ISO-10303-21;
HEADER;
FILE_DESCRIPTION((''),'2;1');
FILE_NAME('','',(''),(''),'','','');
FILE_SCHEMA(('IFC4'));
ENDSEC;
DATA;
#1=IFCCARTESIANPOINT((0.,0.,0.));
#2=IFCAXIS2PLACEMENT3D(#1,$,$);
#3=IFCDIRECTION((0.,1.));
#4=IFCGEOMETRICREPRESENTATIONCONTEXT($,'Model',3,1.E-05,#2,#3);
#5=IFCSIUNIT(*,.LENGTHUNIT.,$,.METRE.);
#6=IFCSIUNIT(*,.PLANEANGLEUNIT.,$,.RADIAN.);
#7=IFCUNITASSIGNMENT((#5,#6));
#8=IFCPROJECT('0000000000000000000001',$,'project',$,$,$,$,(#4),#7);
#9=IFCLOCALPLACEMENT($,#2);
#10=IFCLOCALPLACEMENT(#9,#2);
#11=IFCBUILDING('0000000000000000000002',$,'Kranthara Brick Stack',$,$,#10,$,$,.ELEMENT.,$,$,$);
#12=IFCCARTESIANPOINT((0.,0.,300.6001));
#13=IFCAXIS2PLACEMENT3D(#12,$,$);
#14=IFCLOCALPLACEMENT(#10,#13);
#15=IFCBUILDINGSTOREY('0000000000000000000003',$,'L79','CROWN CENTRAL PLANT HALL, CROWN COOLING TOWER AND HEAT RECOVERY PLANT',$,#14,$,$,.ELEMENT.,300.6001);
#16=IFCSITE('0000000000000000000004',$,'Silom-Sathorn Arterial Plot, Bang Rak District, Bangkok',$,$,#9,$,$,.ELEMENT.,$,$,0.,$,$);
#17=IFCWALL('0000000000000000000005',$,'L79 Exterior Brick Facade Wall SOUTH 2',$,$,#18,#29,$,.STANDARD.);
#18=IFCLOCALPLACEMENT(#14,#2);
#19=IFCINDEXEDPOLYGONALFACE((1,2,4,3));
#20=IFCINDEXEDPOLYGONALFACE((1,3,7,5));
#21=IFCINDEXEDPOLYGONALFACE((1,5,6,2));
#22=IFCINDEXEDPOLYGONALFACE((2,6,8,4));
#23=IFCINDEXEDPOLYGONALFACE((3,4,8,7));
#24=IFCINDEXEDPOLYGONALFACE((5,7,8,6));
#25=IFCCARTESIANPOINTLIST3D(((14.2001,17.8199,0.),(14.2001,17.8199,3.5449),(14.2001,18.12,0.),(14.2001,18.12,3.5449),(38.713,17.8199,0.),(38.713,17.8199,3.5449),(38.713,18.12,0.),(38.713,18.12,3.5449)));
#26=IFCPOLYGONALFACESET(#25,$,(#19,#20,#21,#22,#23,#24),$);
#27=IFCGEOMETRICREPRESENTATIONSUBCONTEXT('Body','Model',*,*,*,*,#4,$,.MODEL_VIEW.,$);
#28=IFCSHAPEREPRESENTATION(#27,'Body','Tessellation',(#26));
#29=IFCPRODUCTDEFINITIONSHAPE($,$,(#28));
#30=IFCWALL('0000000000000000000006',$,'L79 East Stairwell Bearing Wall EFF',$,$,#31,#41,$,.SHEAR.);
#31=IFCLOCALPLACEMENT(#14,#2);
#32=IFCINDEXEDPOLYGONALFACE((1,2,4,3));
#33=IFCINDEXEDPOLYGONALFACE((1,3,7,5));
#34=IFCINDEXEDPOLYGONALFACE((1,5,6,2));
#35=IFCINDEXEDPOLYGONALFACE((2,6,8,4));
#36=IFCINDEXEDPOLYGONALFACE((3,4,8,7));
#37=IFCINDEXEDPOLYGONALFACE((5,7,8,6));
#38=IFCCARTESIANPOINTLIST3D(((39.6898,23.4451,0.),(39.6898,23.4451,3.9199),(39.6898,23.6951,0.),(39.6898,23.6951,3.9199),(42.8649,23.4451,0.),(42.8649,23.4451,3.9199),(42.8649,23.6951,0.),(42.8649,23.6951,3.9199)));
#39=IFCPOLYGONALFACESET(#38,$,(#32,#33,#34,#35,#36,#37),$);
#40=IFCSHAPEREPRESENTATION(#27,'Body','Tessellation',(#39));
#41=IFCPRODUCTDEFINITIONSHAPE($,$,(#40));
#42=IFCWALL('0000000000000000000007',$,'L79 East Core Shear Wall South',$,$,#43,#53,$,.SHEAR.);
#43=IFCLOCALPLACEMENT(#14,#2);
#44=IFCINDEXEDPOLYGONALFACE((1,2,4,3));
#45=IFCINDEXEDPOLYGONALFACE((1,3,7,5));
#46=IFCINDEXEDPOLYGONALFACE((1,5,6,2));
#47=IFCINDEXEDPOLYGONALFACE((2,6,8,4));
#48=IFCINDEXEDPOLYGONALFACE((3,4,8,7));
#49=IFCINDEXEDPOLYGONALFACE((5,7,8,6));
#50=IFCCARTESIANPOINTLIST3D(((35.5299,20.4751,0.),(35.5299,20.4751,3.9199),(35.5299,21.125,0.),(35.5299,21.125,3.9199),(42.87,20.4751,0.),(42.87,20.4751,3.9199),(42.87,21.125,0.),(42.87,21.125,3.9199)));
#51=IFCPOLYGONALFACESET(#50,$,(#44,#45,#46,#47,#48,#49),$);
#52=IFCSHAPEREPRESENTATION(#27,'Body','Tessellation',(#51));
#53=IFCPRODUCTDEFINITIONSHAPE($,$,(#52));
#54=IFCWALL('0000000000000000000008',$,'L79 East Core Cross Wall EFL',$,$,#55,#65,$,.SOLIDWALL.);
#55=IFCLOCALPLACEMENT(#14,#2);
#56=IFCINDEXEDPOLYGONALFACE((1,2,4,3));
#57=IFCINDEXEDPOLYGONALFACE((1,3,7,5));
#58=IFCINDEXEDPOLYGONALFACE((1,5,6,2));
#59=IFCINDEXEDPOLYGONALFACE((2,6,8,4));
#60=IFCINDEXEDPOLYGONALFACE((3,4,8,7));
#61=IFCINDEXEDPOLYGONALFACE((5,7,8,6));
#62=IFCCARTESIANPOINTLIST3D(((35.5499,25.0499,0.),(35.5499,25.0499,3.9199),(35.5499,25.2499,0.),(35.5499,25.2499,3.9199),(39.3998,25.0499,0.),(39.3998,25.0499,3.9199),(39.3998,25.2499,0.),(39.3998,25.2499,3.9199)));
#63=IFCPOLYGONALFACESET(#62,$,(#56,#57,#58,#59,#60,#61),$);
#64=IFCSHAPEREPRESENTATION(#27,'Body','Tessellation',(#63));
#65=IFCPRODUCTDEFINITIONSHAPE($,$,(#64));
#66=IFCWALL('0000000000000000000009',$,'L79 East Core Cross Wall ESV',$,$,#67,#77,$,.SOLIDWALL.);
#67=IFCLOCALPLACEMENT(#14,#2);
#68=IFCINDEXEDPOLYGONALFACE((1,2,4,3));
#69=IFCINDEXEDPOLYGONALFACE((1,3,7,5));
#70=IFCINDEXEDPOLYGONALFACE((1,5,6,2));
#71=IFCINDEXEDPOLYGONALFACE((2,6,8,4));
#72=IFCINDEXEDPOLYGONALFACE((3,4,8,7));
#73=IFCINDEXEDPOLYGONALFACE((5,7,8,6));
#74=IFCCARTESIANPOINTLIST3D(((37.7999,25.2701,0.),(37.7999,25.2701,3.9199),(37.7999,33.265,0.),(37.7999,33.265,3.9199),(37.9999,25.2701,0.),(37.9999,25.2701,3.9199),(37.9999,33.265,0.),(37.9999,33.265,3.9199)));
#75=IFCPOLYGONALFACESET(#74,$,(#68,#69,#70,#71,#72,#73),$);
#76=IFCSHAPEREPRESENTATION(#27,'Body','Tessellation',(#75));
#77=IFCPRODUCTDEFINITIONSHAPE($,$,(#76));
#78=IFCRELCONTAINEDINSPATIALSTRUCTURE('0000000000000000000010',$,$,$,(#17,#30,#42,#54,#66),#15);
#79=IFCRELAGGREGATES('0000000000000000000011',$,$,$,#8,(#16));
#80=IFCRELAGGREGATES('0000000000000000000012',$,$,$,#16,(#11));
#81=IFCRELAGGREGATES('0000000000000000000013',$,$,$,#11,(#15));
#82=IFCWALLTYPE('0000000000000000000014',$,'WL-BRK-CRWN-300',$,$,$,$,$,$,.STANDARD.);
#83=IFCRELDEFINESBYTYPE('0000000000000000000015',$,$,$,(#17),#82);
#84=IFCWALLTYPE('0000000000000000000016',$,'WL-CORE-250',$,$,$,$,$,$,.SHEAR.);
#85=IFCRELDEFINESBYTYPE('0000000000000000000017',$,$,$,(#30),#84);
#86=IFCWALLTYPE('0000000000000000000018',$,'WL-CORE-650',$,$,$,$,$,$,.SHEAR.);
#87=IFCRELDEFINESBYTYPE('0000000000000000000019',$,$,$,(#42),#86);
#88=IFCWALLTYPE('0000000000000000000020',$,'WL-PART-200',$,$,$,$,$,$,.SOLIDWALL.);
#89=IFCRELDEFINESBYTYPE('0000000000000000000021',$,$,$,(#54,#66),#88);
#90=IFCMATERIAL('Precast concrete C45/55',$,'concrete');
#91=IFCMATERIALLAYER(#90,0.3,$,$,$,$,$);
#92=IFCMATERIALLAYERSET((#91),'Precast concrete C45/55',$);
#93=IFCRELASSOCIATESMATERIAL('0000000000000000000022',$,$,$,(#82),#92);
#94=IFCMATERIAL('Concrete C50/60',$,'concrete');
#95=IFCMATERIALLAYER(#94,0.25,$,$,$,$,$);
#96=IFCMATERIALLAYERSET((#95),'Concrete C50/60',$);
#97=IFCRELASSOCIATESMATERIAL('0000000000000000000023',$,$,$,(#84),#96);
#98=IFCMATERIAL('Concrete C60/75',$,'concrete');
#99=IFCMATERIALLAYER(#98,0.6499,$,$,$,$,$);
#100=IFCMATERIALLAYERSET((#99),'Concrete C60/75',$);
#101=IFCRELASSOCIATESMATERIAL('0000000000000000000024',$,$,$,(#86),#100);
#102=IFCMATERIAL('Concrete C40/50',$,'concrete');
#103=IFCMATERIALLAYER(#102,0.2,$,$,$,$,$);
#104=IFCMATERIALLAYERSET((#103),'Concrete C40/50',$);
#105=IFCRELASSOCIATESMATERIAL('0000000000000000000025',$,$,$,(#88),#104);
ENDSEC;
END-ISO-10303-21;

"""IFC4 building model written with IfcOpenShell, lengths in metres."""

from ifc_helpers import new_model, si_unit, direction, frame, frame_2d, origin, place, context, subcontext, project, spatial, rectangle, extrude, material, layer, layer_set, type_object, element, save


model = new_model("IFC4")

# Units and contexts
model_context = context("Model", 3, precision=1e-05, world=origin(), true_north=direction((0.0, 1.0)))
body_context = subcontext(model_context, "Body", "Model", "MODEL_VIEW")
ifc_project = project(units=[si_unit("LENGTHUNIT", "METRE"), si_unit("PLANEANGLEUNIT", "RADIAN")], contexts=[model_context])

# Site, building, storey
site_placement = place(None, origin())
site = spatial("IfcSite", under=ifc_project, at=site_placement, Name="Silom-Sathorn Arterial Plot, Bang Rak District, Bangkok", CompositionType="ELEMENT", RefElevation=0.0)
building_placement = place(site_placement, origin())
building = spatial("IfcBuilding", under=site, at=building_placement, Name="Kranthara Brick Stack", CompositionType="ELEMENT")
storey_placement = place(building_placement, frame((0.0, 0.0, 300.6001)))
storey = spatial("IfcBuildingStorey", under=building, at=storey_placement, Name="L79", Description="CROWN CENTRAL PLANT HALL, CROWN COOLING TOWER AND HEAT RECOVERY PLANT", CompositionType="ELEMENT", Elevation=300.6001)

# Wall
ifc_material_1 = material(Name="Precast concrete C45/55", Category="concrete")
ifc_layer_1 = layer(ifc_material_1, 0.3)
ifc_layer_set_1 = layer_set([ifc_layer_1], Name="Precast concrete C45/55")
wall_type_1 = type_object("IfcWallType", Name="WL-BRK-CRWN-300", PredefinedType="STANDARD", material=ifc_layer_set_1)
wall_1_placement = place(storey_placement, frame((38.7129, 17.97, 0.0), z_axis=(0.0, 0.0, 1.0), x_axis=(-1.0, 0.0, 0.0)))
element("IfcWall", 1, at=wall_1_placement, inside=storey, type_object=wall_type_1, Name="L79 Exterior Brick Facade Wall SOUTH 2", PredefinedType="STANDARD", context=body_context, shape_type="SweptSolid", body=[
    extrude(rectangle(XDim=24.5129, YDim=0.3, at=frame_2d((12.2563, 0.0))), origin(), (0.0, 0.0, 1.0), 3.5449),
])

# Shared definitions
ifc_material_2 = material(Name="Concrete C50/60", Category="concrete")
ifc_layer_2 = layer(ifc_material_2, 0.25)
ifc_layer_set_2 = layer_set([ifc_layer_2], Name="Concrete C50/60")
wall_type_2 = type_object("IfcWallType", Name="WL-CORE-250", PredefinedType="SHEAR", material=ifc_layer_set_2)

# Walls
wall_2_placement = place(storey_placement, frame((39.6899, 23.5701, 0.0), z_axis=(0.0, 0.0, 1.0), x_axis=(1.0, 0.0, 0.0)))
element("IfcWall", 2, at=wall_2_placement, inside=storey, type_object=wall_type_2, Name="L79 East Stairwell Bearing Wall EFF", PredefinedType="SHEAR", context=body_context, shape_type="SweptSolid", body=[
    extrude(rectangle(XDim=3.175, YDim=0.25, at=frame_2d((1.5874, 0.0))), origin(), (0.0, 0.0, 1.0), 3.9199),
])
ifc_material_3 = material(Name="Concrete C60/75", Category="concrete")
ifc_layer_3 = layer(ifc_material_3, 0.6499)
ifc_layer_set_3 = layer_set([ifc_layer_3], Name="Concrete C60/75")
wall_type_3 = type_object("IfcWallType", Name="WL-CORE-650", PredefinedType="SHEAR", material=ifc_layer_set_3)
wall_3_placement = place(storey_placement, frame((35.53, 20.8, 0.0), z_axis=(0.0, 0.0, 1.0), x_axis=(1.0, 0.0, 0.0)))
element("IfcWall", 3, at=wall_3_placement, inside=storey, type_object=wall_type_3, Name="L79 East Core Shear Wall South", PredefinedType="SHEAR", context=body_context, shape_type="SweptSolid", body=[
    extrude(rectangle(XDim=7.3401, YDim=0.6499, at=frame_2d((3.6699, 0.0))), origin(), (0.0, 0.0, 1.0), 3.9199),
])

# Walls
ifc_material_4 = material(Name="Concrete C40/50", Category="concrete")
ifc_layer_4 = layer(ifc_material_4, 0.2)
ifc_layer_set_4 = layer_set([ifc_layer_4], Name="Concrete C40/50")
wall_type_4 = type_object("IfcWallType", Name="WL-PART-200", PredefinedType="SOLIDWALL", material=ifc_layer_set_4)
wall_4_placement = place(storey_placement, frame((35.55, 25.1499, 0.0), z_axis=(0.0, 0.0, 1.0), x_axis=(1.0, 0.0, 0.0)))
element("IfcWall", 4, at=wall_4_placement, inside=storey, type_object=wall_type_4, Name="L79 East Core Cross Wall EFL", PredefinedType="SOLIDWALL", context=body_context, shape_type="SweptSolid", body=[
    extrude(rectangle(XDim=3.8499, YDim=0.2, at=frame_2d((1.9248, 0.0))), origin(), (0.0, 0.0, 1.0), 3.9199),
])
wall_5_placement = place(storey_placement, frame((37.8999, 25.27, 0.0), z_axis=(0.0, 0.0, 1.0), x_axis=(0.0, 1.0, 0.0)))
element("IfcWall", 5, at=wall_5_placement, inside=storey, type_object=wall_type_4, Name="L79 East Core Cross Wall ESV", PredefinedType="SOLIDWALL", context=body_context, shape_type="SweptSolid", body=[
    extrude(rectangle(XDim=7.9949, YDim=0.2, at=frame_2d((3.9976, 0.0))), origin(), (0.0, 0.0, 1.0), 3.9199),
])

save(model, "model.ifc")
